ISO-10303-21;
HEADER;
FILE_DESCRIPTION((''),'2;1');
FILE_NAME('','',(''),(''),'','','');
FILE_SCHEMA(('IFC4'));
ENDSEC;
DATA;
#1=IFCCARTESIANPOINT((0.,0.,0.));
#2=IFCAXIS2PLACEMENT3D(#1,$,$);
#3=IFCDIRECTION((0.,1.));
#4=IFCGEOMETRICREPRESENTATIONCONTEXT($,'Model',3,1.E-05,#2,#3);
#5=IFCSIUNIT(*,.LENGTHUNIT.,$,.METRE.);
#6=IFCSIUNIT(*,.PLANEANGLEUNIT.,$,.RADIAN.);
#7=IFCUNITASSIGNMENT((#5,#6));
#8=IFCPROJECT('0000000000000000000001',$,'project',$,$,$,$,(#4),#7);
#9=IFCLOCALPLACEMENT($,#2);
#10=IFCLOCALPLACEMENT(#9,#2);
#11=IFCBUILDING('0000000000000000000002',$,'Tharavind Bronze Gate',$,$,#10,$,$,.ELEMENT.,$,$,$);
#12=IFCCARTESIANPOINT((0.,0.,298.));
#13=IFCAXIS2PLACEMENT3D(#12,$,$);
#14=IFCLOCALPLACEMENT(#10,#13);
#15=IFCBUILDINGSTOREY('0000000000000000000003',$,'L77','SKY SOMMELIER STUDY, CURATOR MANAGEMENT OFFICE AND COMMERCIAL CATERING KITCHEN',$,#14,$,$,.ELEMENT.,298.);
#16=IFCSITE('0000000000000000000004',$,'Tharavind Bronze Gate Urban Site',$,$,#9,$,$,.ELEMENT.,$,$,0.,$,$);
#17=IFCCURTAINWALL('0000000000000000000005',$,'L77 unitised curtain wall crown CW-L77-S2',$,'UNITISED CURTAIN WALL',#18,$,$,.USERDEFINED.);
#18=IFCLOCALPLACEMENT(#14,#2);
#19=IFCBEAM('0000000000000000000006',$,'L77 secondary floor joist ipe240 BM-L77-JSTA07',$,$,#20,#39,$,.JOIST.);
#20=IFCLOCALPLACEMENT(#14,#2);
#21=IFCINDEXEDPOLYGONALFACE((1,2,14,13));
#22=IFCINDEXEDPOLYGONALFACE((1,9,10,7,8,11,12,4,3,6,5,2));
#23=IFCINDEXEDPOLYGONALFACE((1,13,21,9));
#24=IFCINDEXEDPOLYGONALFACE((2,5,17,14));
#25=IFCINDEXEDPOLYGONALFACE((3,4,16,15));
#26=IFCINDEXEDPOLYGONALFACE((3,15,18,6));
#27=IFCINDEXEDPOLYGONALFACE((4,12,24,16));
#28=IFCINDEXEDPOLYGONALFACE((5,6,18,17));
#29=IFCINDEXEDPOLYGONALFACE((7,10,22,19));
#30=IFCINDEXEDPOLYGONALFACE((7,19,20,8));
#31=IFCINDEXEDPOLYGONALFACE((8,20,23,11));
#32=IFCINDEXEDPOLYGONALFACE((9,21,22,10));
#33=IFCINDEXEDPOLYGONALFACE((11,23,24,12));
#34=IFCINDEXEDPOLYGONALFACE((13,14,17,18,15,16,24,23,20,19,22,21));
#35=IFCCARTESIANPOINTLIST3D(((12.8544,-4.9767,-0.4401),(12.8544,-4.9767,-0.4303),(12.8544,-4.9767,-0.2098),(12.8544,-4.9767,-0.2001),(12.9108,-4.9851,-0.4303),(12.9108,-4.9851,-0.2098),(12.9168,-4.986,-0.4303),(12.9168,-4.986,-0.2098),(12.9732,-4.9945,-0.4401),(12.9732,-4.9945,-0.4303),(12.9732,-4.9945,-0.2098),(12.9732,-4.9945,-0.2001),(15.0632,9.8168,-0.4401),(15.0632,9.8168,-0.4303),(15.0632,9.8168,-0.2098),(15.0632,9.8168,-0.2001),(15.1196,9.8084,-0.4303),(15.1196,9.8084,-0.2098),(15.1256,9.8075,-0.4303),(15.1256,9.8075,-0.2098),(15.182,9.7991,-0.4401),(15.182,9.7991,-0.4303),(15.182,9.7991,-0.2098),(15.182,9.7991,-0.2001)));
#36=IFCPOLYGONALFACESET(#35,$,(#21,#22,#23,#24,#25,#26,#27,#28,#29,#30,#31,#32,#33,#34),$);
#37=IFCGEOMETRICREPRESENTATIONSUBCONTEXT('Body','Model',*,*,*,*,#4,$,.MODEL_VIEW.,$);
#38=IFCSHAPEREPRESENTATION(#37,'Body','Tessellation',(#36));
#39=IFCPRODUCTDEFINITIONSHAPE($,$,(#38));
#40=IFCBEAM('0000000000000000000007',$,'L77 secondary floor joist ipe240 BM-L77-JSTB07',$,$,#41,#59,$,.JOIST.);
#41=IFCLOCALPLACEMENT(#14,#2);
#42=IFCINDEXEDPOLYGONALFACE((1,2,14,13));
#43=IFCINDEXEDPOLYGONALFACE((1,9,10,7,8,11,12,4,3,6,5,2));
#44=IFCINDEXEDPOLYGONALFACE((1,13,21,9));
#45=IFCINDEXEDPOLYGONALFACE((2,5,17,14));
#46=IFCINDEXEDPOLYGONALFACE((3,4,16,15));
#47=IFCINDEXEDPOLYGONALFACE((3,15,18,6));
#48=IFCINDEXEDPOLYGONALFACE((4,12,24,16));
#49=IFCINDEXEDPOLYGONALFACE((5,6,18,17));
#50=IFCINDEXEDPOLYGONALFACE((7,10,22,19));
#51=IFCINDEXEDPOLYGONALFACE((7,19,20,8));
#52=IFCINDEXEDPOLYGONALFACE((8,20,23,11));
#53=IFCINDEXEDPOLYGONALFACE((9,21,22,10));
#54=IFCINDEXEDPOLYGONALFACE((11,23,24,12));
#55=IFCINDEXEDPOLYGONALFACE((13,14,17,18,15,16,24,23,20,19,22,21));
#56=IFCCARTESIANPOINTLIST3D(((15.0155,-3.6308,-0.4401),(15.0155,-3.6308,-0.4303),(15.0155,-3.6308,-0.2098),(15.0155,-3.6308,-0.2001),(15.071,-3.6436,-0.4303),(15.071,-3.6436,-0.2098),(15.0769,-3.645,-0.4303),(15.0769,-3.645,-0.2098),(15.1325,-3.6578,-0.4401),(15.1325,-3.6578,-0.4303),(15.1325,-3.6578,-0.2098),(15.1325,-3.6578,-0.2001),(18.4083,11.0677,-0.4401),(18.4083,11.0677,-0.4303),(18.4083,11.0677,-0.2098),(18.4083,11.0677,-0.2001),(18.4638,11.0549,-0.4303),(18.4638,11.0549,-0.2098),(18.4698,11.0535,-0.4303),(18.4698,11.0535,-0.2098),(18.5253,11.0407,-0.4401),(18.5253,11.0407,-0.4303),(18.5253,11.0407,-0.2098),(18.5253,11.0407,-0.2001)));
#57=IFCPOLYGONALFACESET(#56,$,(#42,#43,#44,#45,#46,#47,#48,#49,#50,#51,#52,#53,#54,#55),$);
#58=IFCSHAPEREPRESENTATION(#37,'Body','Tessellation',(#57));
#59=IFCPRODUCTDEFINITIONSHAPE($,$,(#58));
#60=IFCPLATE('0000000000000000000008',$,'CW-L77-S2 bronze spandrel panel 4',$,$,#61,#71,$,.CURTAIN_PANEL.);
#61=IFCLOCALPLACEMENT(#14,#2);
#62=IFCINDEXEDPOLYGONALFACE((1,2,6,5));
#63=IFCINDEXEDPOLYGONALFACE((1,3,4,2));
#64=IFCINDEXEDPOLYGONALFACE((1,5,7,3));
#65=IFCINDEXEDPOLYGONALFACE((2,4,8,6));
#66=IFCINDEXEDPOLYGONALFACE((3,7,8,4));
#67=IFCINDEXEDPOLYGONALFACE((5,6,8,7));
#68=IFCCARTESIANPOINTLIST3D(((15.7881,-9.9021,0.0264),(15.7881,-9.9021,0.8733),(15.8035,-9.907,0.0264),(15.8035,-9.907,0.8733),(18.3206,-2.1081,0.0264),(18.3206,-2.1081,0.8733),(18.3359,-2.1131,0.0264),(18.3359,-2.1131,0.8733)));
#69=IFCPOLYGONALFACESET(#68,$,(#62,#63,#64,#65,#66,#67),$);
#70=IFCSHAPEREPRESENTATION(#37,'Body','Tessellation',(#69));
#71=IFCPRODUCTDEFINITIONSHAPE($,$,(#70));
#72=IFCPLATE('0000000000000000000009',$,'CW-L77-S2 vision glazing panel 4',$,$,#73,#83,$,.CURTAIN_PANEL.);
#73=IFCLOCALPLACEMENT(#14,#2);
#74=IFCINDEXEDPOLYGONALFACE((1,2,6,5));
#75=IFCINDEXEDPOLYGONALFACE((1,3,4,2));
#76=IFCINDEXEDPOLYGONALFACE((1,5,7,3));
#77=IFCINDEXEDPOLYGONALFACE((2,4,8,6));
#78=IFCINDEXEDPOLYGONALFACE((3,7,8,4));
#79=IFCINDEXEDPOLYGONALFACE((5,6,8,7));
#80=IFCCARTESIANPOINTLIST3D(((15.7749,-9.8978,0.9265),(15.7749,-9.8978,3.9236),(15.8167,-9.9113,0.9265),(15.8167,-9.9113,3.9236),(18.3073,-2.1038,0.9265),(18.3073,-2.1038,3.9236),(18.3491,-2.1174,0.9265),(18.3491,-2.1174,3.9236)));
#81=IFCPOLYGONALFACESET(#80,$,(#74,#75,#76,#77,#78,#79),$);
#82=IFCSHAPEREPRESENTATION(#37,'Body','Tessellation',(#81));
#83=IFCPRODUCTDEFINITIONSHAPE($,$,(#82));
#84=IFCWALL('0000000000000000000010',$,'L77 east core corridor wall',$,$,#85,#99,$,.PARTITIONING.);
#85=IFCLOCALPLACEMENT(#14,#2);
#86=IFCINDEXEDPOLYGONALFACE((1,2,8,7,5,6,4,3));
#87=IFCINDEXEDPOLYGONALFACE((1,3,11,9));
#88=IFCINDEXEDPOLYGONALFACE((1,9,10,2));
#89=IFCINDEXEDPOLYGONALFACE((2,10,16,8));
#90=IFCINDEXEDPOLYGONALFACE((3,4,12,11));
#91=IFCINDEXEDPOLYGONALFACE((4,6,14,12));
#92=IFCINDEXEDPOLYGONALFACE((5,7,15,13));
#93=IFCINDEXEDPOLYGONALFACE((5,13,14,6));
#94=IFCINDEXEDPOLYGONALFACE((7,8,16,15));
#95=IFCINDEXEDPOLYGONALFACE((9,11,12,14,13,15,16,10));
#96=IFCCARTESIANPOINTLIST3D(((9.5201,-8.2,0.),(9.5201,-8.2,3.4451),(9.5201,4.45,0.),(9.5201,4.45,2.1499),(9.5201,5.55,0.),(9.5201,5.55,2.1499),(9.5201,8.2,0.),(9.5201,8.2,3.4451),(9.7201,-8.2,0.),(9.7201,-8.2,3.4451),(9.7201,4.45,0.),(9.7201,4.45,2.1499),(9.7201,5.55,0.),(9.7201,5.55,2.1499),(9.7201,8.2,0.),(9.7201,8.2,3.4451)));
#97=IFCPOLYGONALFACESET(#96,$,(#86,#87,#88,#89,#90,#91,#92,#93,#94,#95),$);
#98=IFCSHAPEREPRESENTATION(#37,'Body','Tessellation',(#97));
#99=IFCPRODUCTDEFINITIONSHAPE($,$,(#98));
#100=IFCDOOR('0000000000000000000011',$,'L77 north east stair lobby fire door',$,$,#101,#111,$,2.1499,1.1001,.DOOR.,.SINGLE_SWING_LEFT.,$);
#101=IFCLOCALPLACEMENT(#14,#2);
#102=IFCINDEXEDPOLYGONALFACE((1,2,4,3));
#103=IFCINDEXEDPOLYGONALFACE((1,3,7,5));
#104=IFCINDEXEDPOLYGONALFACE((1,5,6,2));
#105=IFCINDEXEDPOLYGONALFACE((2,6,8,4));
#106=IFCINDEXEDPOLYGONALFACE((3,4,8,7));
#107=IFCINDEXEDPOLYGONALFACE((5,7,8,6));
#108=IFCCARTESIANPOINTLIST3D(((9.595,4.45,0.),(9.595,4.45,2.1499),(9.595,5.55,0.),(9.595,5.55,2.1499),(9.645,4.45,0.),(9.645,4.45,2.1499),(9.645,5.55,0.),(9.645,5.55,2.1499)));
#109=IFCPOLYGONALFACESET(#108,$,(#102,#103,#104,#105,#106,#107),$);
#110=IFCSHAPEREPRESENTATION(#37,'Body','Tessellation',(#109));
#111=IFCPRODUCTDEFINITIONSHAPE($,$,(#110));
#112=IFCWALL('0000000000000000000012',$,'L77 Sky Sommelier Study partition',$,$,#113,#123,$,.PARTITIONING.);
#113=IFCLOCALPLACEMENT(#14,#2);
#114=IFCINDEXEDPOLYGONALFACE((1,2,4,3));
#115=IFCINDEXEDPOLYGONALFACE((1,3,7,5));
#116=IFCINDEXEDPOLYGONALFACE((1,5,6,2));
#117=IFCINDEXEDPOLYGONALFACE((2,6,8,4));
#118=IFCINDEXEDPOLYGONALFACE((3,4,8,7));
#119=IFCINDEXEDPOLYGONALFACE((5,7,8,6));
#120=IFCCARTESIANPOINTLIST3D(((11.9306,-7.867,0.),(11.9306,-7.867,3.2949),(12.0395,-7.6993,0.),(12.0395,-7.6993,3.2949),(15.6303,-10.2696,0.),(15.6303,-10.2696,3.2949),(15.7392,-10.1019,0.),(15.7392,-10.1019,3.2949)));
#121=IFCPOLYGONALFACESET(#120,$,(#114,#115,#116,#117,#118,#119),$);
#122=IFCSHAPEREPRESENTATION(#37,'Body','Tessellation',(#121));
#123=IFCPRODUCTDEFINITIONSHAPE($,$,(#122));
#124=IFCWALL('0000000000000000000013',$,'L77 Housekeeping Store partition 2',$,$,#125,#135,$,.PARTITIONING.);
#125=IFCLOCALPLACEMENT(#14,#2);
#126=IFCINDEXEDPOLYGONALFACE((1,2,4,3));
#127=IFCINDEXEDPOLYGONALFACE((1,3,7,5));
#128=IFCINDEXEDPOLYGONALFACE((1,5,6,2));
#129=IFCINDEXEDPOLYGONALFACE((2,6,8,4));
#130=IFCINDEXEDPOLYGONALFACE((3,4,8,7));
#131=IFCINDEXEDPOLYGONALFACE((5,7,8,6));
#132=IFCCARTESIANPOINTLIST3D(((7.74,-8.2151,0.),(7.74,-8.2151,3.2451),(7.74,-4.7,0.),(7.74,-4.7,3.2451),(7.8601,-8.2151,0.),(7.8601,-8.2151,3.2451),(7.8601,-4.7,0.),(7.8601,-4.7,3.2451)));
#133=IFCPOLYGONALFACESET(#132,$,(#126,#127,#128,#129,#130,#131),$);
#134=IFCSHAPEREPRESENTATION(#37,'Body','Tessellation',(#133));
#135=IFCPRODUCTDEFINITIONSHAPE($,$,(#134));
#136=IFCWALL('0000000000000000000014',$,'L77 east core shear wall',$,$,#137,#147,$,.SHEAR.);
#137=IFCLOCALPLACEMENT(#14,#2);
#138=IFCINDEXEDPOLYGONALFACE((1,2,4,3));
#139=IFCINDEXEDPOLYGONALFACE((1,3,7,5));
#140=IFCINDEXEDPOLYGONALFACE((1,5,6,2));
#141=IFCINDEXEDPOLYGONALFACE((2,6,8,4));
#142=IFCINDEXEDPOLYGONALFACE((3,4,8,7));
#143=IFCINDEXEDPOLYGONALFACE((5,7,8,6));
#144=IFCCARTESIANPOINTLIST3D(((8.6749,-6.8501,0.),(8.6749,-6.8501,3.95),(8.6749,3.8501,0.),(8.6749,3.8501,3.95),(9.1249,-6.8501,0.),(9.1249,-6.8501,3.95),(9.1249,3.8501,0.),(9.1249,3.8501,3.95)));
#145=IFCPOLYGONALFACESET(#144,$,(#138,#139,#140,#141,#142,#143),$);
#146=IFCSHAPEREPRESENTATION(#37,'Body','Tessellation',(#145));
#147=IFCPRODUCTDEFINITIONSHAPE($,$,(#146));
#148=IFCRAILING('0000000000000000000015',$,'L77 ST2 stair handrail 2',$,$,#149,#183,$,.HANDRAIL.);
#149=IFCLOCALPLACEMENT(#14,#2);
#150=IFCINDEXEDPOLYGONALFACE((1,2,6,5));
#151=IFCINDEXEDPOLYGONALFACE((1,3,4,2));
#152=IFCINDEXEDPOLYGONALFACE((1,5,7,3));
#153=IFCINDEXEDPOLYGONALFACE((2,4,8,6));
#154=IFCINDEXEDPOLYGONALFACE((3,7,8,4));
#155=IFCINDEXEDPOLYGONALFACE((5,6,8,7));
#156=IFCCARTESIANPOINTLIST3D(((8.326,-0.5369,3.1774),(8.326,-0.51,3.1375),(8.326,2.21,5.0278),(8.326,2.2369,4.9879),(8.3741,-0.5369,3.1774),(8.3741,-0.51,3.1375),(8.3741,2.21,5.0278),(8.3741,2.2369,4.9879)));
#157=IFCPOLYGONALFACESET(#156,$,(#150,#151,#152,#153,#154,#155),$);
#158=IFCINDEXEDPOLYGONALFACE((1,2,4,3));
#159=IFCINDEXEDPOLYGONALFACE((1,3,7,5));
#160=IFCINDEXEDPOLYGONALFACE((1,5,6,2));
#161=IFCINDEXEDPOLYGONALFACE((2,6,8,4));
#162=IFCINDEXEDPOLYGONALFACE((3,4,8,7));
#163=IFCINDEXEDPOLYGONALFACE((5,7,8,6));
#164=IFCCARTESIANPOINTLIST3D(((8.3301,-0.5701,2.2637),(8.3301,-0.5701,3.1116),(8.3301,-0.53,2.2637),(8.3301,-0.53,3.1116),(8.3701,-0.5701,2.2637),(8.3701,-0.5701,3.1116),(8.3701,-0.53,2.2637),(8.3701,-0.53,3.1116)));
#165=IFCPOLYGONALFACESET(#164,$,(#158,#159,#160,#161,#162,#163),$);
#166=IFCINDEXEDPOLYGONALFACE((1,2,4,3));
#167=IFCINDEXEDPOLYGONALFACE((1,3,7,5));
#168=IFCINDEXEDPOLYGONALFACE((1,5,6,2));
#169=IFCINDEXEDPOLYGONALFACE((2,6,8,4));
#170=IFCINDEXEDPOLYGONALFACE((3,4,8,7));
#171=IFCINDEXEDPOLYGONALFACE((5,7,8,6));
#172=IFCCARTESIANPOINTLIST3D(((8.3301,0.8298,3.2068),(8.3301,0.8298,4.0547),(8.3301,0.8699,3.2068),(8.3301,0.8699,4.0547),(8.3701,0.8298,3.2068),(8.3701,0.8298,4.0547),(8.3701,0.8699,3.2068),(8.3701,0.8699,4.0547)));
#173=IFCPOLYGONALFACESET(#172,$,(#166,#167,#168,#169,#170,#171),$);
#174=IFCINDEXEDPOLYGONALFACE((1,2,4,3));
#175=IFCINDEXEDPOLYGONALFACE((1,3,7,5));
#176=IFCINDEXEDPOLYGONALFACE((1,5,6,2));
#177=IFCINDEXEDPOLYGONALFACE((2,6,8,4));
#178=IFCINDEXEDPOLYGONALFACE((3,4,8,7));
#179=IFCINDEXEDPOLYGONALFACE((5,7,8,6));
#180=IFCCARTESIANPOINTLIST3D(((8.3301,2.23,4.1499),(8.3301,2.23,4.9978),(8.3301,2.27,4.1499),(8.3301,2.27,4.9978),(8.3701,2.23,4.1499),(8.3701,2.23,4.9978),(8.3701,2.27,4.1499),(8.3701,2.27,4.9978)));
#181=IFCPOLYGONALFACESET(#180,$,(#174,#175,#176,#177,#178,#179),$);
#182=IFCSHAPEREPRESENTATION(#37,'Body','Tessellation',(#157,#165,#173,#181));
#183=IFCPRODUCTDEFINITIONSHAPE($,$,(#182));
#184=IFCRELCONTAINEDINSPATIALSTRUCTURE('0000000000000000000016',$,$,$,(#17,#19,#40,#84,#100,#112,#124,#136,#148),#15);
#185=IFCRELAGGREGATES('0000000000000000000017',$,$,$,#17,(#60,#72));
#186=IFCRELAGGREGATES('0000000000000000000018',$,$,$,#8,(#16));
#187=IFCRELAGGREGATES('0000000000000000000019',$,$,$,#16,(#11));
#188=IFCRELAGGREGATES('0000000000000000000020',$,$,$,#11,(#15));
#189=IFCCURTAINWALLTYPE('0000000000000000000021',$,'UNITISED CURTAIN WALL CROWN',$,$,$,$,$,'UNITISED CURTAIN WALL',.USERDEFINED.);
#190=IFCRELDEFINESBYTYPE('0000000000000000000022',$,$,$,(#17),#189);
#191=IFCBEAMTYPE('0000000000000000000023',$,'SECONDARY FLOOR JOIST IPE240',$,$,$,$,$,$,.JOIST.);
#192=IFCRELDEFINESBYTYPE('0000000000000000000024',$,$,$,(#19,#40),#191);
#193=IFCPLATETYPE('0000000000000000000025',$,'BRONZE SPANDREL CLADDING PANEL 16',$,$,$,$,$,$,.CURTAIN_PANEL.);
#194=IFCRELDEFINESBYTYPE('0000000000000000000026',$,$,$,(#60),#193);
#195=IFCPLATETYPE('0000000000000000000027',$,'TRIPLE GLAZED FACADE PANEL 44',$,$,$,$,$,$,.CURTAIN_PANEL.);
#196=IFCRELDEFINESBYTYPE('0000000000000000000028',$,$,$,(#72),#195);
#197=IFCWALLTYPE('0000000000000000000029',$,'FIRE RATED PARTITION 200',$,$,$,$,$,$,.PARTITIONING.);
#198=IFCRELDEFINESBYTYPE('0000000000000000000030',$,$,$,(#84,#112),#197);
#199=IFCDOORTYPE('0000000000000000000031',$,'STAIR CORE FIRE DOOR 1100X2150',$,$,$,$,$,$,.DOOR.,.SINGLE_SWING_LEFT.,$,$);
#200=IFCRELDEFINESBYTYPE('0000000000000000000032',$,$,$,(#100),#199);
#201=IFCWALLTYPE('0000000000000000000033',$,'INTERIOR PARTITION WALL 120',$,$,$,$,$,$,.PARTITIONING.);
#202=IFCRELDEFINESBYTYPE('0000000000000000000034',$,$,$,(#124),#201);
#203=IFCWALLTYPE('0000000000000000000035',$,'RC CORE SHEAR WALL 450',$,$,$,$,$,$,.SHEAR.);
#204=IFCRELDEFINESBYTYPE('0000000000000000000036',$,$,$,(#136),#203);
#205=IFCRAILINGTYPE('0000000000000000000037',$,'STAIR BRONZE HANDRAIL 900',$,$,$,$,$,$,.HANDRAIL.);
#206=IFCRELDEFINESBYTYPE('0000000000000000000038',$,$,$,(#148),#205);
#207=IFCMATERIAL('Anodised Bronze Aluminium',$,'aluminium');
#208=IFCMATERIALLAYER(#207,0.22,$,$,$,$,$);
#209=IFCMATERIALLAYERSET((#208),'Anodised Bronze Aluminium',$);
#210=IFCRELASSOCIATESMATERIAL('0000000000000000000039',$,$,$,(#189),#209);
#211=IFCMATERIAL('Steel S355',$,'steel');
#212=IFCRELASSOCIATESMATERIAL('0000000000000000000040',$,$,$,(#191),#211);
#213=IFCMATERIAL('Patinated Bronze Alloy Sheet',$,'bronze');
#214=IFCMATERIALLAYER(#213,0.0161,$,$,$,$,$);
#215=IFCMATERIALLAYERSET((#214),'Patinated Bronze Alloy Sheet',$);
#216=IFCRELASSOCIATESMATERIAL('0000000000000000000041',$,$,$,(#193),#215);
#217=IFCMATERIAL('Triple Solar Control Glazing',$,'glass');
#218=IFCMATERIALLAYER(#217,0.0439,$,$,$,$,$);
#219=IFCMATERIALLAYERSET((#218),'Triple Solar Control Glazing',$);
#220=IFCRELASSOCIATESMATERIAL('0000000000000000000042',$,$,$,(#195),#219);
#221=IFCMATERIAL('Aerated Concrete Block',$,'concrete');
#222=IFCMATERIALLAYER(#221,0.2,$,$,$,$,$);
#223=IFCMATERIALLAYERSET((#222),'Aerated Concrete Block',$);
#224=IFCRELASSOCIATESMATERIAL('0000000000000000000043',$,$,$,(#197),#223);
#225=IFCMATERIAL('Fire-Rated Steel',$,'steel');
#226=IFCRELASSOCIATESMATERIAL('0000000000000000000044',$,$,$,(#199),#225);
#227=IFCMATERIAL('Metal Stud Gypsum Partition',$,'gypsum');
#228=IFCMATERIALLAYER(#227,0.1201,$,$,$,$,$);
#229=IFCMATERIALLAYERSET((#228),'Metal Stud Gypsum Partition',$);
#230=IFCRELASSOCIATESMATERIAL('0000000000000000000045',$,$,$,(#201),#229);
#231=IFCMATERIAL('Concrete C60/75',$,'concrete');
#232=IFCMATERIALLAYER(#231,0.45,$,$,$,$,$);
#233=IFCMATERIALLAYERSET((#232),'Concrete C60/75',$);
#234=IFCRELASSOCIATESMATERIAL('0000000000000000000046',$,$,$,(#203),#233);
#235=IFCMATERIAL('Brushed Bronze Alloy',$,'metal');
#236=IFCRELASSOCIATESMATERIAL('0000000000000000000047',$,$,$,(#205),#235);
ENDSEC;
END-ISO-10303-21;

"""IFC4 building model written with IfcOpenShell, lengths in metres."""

from ifc_helpers import new_model, si_unit, direction, frame, frame_2d, origin, origin_2d, place, context, subcontext, project, spatial, rectangle, i_section, extrude, material, layer, layer_set, material_profile, profile_set, type_object, element, fill, aggregate, save


model = new_model("IFC4")

# Units and contexts
model_context = context("Model", 3, precision=1e-05, world=origin(), true_north=direction((0.0, 1.0)))
body_context = subcontext(model_context, "Body", "Model", "MODEL_VIEW")
ifc_project = project(units=[si_unit("LENGTHUNIT", "METRE"), si_unit("PLANEANGLEUNIT", "RADIAN")], contexts=[model_context])

# Site, building, storey
site_placement = place(None, origin())
site = spatial("IfcSite", under=ifc_project, at=site_placement, Name="Tharavind Bronze Gate Urban Site", CompositionType="ELEMENT", RefElevation=0.0)
building_placement = place(site_placement, origin())
building = spatial("IfcBuilding", under=site, at=building_placement, Name="Tharavind Bronze Gate", CompositionType="ELEMENT")
storey_placement = place(building_placement, frame((0.0, 0.0, 298.0)))
storey = spatial("IfcBuildingStorey", under=building, at=storey_placement, Name="L77", Description="SKY SOMMELIER STUDY, CURATOR MANAGEMENT OFFICE AND COMMERCIAL CATERING KITCHEN", CompositionType="ELEMENT", Elevation=298.0)

# Curtain wall
ifc_material_1 = material(Name="Anodised Bronze Aluminium", Category="aluminium")
ifc_layer_1 = layer(ifc_material_1, 0.22)
ifc_layer_set_1 = layer_set([ifc_layer_1], Name="Anodised Bronze Aluminium")
curtain_wall_type = type_object("IfcCurtainWallType", Name="UNITISED CURTAIN WALL CROWN", ElementType="UNITISED CURTAIN WALL", PredefinedType="USERDEFINED", material=ifc_layer_set_1)
curtain_wall_placement = place(storey_placement, origin())
curtain_wall = element("IfcCurtainWall", 1, at=curtain_wall_placement, inside=storey, type_object=curtain_wall_type, Name="L77 unitised curtain wall crown CW-L77-S2", ObjectType="UNITISED CURTAIN WALL", PredefinedType="USERDEFINED")

# Beams
ifc_material_2 = material(Name="Steel S355", Category="steel")
ifc_material_profile_1 = material_profile(ifc_material_2, i_section(OverallWidth=0.1201, OverallDepth=0.24, WebThickness=0.0061, FlangeThickness=0.0098, at=origin_2d()), Name="IPE240")
ifc_profile_set_1 = profile_set([ifc_material_profile_1], Name="Steel S355")
beam_type_1 = type_object("IfcBeamType", Name="SECONDARY FLOOR JOIST IPE240", PredefinedType="JOIST", material=ifc_profile_set_1)
beam_1_placement = place(storey_placement, frame((12.9138, -4.9856, -0.3201), z_axis=(0.147668, 0.989037, 0.0), x_axis=(-0.989037, 0.147668, 0.0)))
element("IfcBeam", 2, at=beam_1_placement, inside=storey, type_object=beam_type_1, Name="L77 secondary floor joist ipe240 BM-L77-JSTA07", PredefinedType="JOIST", context=body_context, shape_type="SweptSolid", body=[
    extrude(i_section(OverallWidth=0.1201, OverallDepth=0.24, WebThickness=0.0061, FlangeThickness=0.0098, at=origin_2d()), origin(), (0.0, 0.0, 1.0), 14.9575),
])
beam_2_placement = place(storey_placement, frame((15.074, -3.6443, -0.3201), z_axis=(0.224914, 0.974379, 0.0), x_axis=(-0.974379, 0.224914, 0.0)))
element("IfcBeam", 3, at=beam_2_placement, inside=storey, type_object=beam_type_1, Name="L77 secondary floor joist ipe240 BM-L77-JSTB07", PredefinedType="JOIST", context=body_context, shape_type="SweptSolid", body=[
    extrude(i_section(OverallWidth=0.1201, OverallDepth=0.24, WebThickness=0.0061, FlangeThickness=0.0098, at=origin_2d()), origin(), (0.0, 0.0, 1.0), 15.085),
])

# Plates
ifc_material_3 = material(Name="Patinated Bronze Alloy Sheet", Category="bronze")
ifc_layer_2 = layer(ifc_material_3, 0.0161)
ifc_layer_set_2 = layer_set([ifc_layer_2], Name="Patinated Bronze Alloy Sheet")
plate_type_1 = type_object("IfcPlateType", Name="BRONZE SPANDREL CLADDING PANEL 16", PredefinedType="CURTAIN_PANEL", material=ifc_layer_set_2)
plate_1_placement = place(storey_placement, frame((17.062, -6.0076, 0.0264), z_axis=(0.0, 0.0, 1.0), x_axis=(0.309017, 0.951057, 0.0)))
plate_1 = element("IfcPlate", 4, at=plate_1_placement, type_object=plate_type_1, Name="CW-L77-S2 bronze spandrel panel 4", PredefinedType="CURTAIN_PANEL", context=body_context, shape_type="SweptSolid", body=[
    extrude(rectangle(XDim=8.1951, YDim=0.0161, at=origin_2d()), origin(), (0.0, 0.0, 1.0), 0.8469),
])
ifc_material_4 = material(Name="Triple Solar Control Glazing", Category="glass")
ifc_layer_3 = layer(ifc_material_4, 0.0439)
ifc_layer_set_3 = layer_set([ifc_layer_3], Name="Triple Solar Control Glazing")
plate_type_2 = type_object("IfcPlateType", Name="TRIPLE GLAZED FACADE PANEL 44", PredefinedType="CURTAIN_PANEL", material=ifc_layer_set_3)
plate_2_placement = place(storey_placement, frame((17.062, -6.0076, 0.9265), z_axis=(0.0, 0.0, 1.0), x_axis=(0.309017, 0.951057, 0.0)))
plate_2 = element("IfcPlate", 5, at=plate_2_placement, type_object=plate_type_2, Name="CW-L77-S2 vision glazing panel 4", PredefinedType="CURTAIN_PANEL", context=body_context, shape_type="SweptSolid", body=[
    extrude(rectangle(XDim=8.1951, YDim=0.0439, at=origin_2d()), origin(), (0.0, 0.0, 1.0), 2.9971),
])
aggregate(curtain_wall, [plate_1, plate_2])

# Wall, opening, door
ifc_material_5 = material(Name="Aerated Concrete Block", Category="concrete")
ifc_layer_4 = layer(ifc_material_5, 0.2)
ifc_layer_set_4 = layer_set([ifc_layer_4], Name="Aerated Concrete Block")
wall_type_1 = type_object("IfcWallType", Name="FIRE RATED PARTITION 200", PredefinedType="PARTITIONING", material=ifc_layer_set_4)
wall_1_placement = place(storey_placement, frame((9.6201, -8.2, 0.0), z_axis=(0.0, 0.0, 1.0), x_axis=(0.0, 1.0, 0.0)))
wall_1 = element("IfcWall", 6, at=wall_1_placement, inside=storey, type_object=wall_type_1, Name="L77 east core corridor wall", PredefinedType="PARTITIONING", context=body_context, shape_type="SweptSolid", body=[
    extrude(rectangle(XDim=16.3999, YDim=0.2, at=frame_2d((8.2, 0.0))), origin(), (0.0, 0.0, 1.0), 3.4451),
])
opening_placement = place(wall_1_placement, frame((12.6499, 0.0, 0.0)))
opening = element("IfcOpeningElement", 7, at=opening_placement, cuts=wall_1, PredefinedType="OPENING", context=body_context, shape_type="SweptSolid", body=[
    extrude(rectangle(XDim=1.1001, YDim=2.1499, at=frame_2d((0.55, 1.075))), frame((0.0, 0.1101, 0.0), z_axis=(0.0, -1.0, 0.0), x_axis=(1.0, 0.0, 0.0)), (0.0, 0.0, 1.0), 0.22),
])
ifc_material_6 = material(Name="Fire-Rated Steel", Category="steel")
door_type = type_object("IfcDoorType", Name="STAIR CORE FIRE DOOR 1100X2150", OperationType="SINGLE_SWING_LEFT", PredefinedType="DOOR", material=ifc_material_6)
door_placement = place(opening_placement, frame((1.1001, 0.0, 0.0), z_axis=(0.0, 0.0, 1.0), x_axis=(-1.0, 0.0, 0.0)))
door = element("IfcDoor", 8, at=door_placement, inside=storey, type_object=door_type, Name="L77 north east stair lobby fire door", OperationType="SINGLE_SWING_LEFT", OverallHeight=2.1499, OverallWidth=1.1001, PredefinedType="DOOR", context=body_context, shape_type="SweptSolid", body=[
    extrude(rectangle(XDim=1.1001, YDim=2.1499, at=frame_2d((0.55, 1.075))), frame((0.0, 0.0249, 0.0), z_axis=(0.0, -1.0, 0.0), x_axis=(1.0, 0.0, 0.0)), (0.0, 0.0, 1.0), 0.05),
])
fill(opening, door)

# Walls
wall_2_placement = place(storey_placement, frame((11.9851, -7.7832, 0.0), z_axis=(0.0, 0.0, 1.0), x_axis=(0.838674, -0.544634, 0.0)))
element("IfcWall", 9, at=wall_2_placement, inside=storey, type_object=wall_type_1, Name="L77 Sky Sommelier Study partition", PredefinedType="PARTITIONING", context=body_context, shape_type="SweptSolid", body=[
    extrude(rectangle(XDim=4.4114, YDim=0.2, at=frame_2d((2.2056, 0.0))), origin(), (0.0, 0.0, 1.0), 3.2949),
])
ifc_material_7 = material(Name="Metal Stud Gypsum Partition", Category="gypsum")
ifc_layer_5 = layer(ifc_material_7, 0.1201)
ifc_layer_set_5 = layer_set([ifc_layer_5], Name="Metal Stud Gypsum Partition")
wall_type_2 = type_object("IfcWallType", Name="INTERIOR PARTITION WALL 120", PredefinedType="PARTITIONING", material=ifc_layer_set_5)
wall_3_placement = place(storey_placement, frame((7.8, -8.2151, 0.0), z_axis=(0.0, 0.0, 1.0), x_axis=(0.0, 1.0, 0.0)))
element("IfcWall", 10, at=wall_3_placement, inside=storey, type_object=wall_type_2, Name="L77 Housekeeping Store partition 2", PredefinedType="PARTITIONING", context=body_context, shape_type="SweptSolid", body=[
    extrude(rectangle(XDim=3.5151, YDim=0.1201, at=frame_2d((1.7576, 0.0))), origin(), (0.0, 0.0, 1.0), 3.2451),
])
ifc_material_8 = material(Name="Concrete C60/75", Category="concrete")
ifc_layer_6 = layer(ifc_material_8, 0.45)
ifc_layer_set_6 = layer_set([ifc_layer_6], Name="Concrete C60/75")
wall_type_3 = type_object("IfcWallType", Name="RC CORE SHEAR WALL 450", PredefinedType="SHEAR", material=ifc_layer_set_6)
wall_4_placement = place(storey_placement, frame((8.8999, -6.8501, 0.0), z_axis=(0.0, 0.0, 1.0), x_axis=(0.0, 1.0, 0.0)))
element("IfcWall", 11, at=wall_4_placement, inside=storey, type_object=wall_type_3, Name="L77 east core shear wall", PredefinedType="SHEAR", context=body_context, shape_type="SweptSolid", body=[
    extrude(rectangle(XDim=10.7002, YDim=0.45, at=frame_2d((5.3501, 0.0))), origin(), (0.0, 0.0, 1.0), 3.95),
])

# Railing
ifc_material_9 = material(Name="Brushed Bronze Alloy", Category="metal")
railing_type = type_object("IfcRailingType", Name="STAIR BRONZE HANDRAIL 900", PredefinedType="HANDRAIL", material=ifc_material_9)
railing_placement = place(storey_placement, frame((8.3501, -0.55, 2.2637)))
element("IfcRailing", 12, at=railing_placement, inside=storey, type_object=railing_type, Name="L77 ST2 stair handrail 2", PredefinedType="HANDRAIL", context=body_context, shape_type="SweptSolid", body=[
    extrude(rectangle(XDim=0.0481, YDim=0.0481, at=origin_2d()), frame((0.0, 0.0266, 0.8938), z_axis=(0.0, 0.829371, 0.558699), x_axis=(-1.0, 0.0, 0.0)), (0.0, 0.0, 1.0), 3.312),
    extrude(rectangle(XDim=0.04, YDim=0.04, at=origin_2d()), origin(), (0.0, 0.0, 1.0), 0.8479),
    extrude(rectangle(XDim=0.04, YDim=0.04, at=origin_2d()), frame((0.0, 1.3999, 0.9431)), (0.0, 0.0, 1.0), 0.8479),
    extrude(rectangle(XDim=0.04, YDim=0.04, at=origin_2d()), frame((0.0, 2.8, 1.8862)), (0.0, 0.0, 1.0), 0.8479),
])

save(model, "model.ifc")
